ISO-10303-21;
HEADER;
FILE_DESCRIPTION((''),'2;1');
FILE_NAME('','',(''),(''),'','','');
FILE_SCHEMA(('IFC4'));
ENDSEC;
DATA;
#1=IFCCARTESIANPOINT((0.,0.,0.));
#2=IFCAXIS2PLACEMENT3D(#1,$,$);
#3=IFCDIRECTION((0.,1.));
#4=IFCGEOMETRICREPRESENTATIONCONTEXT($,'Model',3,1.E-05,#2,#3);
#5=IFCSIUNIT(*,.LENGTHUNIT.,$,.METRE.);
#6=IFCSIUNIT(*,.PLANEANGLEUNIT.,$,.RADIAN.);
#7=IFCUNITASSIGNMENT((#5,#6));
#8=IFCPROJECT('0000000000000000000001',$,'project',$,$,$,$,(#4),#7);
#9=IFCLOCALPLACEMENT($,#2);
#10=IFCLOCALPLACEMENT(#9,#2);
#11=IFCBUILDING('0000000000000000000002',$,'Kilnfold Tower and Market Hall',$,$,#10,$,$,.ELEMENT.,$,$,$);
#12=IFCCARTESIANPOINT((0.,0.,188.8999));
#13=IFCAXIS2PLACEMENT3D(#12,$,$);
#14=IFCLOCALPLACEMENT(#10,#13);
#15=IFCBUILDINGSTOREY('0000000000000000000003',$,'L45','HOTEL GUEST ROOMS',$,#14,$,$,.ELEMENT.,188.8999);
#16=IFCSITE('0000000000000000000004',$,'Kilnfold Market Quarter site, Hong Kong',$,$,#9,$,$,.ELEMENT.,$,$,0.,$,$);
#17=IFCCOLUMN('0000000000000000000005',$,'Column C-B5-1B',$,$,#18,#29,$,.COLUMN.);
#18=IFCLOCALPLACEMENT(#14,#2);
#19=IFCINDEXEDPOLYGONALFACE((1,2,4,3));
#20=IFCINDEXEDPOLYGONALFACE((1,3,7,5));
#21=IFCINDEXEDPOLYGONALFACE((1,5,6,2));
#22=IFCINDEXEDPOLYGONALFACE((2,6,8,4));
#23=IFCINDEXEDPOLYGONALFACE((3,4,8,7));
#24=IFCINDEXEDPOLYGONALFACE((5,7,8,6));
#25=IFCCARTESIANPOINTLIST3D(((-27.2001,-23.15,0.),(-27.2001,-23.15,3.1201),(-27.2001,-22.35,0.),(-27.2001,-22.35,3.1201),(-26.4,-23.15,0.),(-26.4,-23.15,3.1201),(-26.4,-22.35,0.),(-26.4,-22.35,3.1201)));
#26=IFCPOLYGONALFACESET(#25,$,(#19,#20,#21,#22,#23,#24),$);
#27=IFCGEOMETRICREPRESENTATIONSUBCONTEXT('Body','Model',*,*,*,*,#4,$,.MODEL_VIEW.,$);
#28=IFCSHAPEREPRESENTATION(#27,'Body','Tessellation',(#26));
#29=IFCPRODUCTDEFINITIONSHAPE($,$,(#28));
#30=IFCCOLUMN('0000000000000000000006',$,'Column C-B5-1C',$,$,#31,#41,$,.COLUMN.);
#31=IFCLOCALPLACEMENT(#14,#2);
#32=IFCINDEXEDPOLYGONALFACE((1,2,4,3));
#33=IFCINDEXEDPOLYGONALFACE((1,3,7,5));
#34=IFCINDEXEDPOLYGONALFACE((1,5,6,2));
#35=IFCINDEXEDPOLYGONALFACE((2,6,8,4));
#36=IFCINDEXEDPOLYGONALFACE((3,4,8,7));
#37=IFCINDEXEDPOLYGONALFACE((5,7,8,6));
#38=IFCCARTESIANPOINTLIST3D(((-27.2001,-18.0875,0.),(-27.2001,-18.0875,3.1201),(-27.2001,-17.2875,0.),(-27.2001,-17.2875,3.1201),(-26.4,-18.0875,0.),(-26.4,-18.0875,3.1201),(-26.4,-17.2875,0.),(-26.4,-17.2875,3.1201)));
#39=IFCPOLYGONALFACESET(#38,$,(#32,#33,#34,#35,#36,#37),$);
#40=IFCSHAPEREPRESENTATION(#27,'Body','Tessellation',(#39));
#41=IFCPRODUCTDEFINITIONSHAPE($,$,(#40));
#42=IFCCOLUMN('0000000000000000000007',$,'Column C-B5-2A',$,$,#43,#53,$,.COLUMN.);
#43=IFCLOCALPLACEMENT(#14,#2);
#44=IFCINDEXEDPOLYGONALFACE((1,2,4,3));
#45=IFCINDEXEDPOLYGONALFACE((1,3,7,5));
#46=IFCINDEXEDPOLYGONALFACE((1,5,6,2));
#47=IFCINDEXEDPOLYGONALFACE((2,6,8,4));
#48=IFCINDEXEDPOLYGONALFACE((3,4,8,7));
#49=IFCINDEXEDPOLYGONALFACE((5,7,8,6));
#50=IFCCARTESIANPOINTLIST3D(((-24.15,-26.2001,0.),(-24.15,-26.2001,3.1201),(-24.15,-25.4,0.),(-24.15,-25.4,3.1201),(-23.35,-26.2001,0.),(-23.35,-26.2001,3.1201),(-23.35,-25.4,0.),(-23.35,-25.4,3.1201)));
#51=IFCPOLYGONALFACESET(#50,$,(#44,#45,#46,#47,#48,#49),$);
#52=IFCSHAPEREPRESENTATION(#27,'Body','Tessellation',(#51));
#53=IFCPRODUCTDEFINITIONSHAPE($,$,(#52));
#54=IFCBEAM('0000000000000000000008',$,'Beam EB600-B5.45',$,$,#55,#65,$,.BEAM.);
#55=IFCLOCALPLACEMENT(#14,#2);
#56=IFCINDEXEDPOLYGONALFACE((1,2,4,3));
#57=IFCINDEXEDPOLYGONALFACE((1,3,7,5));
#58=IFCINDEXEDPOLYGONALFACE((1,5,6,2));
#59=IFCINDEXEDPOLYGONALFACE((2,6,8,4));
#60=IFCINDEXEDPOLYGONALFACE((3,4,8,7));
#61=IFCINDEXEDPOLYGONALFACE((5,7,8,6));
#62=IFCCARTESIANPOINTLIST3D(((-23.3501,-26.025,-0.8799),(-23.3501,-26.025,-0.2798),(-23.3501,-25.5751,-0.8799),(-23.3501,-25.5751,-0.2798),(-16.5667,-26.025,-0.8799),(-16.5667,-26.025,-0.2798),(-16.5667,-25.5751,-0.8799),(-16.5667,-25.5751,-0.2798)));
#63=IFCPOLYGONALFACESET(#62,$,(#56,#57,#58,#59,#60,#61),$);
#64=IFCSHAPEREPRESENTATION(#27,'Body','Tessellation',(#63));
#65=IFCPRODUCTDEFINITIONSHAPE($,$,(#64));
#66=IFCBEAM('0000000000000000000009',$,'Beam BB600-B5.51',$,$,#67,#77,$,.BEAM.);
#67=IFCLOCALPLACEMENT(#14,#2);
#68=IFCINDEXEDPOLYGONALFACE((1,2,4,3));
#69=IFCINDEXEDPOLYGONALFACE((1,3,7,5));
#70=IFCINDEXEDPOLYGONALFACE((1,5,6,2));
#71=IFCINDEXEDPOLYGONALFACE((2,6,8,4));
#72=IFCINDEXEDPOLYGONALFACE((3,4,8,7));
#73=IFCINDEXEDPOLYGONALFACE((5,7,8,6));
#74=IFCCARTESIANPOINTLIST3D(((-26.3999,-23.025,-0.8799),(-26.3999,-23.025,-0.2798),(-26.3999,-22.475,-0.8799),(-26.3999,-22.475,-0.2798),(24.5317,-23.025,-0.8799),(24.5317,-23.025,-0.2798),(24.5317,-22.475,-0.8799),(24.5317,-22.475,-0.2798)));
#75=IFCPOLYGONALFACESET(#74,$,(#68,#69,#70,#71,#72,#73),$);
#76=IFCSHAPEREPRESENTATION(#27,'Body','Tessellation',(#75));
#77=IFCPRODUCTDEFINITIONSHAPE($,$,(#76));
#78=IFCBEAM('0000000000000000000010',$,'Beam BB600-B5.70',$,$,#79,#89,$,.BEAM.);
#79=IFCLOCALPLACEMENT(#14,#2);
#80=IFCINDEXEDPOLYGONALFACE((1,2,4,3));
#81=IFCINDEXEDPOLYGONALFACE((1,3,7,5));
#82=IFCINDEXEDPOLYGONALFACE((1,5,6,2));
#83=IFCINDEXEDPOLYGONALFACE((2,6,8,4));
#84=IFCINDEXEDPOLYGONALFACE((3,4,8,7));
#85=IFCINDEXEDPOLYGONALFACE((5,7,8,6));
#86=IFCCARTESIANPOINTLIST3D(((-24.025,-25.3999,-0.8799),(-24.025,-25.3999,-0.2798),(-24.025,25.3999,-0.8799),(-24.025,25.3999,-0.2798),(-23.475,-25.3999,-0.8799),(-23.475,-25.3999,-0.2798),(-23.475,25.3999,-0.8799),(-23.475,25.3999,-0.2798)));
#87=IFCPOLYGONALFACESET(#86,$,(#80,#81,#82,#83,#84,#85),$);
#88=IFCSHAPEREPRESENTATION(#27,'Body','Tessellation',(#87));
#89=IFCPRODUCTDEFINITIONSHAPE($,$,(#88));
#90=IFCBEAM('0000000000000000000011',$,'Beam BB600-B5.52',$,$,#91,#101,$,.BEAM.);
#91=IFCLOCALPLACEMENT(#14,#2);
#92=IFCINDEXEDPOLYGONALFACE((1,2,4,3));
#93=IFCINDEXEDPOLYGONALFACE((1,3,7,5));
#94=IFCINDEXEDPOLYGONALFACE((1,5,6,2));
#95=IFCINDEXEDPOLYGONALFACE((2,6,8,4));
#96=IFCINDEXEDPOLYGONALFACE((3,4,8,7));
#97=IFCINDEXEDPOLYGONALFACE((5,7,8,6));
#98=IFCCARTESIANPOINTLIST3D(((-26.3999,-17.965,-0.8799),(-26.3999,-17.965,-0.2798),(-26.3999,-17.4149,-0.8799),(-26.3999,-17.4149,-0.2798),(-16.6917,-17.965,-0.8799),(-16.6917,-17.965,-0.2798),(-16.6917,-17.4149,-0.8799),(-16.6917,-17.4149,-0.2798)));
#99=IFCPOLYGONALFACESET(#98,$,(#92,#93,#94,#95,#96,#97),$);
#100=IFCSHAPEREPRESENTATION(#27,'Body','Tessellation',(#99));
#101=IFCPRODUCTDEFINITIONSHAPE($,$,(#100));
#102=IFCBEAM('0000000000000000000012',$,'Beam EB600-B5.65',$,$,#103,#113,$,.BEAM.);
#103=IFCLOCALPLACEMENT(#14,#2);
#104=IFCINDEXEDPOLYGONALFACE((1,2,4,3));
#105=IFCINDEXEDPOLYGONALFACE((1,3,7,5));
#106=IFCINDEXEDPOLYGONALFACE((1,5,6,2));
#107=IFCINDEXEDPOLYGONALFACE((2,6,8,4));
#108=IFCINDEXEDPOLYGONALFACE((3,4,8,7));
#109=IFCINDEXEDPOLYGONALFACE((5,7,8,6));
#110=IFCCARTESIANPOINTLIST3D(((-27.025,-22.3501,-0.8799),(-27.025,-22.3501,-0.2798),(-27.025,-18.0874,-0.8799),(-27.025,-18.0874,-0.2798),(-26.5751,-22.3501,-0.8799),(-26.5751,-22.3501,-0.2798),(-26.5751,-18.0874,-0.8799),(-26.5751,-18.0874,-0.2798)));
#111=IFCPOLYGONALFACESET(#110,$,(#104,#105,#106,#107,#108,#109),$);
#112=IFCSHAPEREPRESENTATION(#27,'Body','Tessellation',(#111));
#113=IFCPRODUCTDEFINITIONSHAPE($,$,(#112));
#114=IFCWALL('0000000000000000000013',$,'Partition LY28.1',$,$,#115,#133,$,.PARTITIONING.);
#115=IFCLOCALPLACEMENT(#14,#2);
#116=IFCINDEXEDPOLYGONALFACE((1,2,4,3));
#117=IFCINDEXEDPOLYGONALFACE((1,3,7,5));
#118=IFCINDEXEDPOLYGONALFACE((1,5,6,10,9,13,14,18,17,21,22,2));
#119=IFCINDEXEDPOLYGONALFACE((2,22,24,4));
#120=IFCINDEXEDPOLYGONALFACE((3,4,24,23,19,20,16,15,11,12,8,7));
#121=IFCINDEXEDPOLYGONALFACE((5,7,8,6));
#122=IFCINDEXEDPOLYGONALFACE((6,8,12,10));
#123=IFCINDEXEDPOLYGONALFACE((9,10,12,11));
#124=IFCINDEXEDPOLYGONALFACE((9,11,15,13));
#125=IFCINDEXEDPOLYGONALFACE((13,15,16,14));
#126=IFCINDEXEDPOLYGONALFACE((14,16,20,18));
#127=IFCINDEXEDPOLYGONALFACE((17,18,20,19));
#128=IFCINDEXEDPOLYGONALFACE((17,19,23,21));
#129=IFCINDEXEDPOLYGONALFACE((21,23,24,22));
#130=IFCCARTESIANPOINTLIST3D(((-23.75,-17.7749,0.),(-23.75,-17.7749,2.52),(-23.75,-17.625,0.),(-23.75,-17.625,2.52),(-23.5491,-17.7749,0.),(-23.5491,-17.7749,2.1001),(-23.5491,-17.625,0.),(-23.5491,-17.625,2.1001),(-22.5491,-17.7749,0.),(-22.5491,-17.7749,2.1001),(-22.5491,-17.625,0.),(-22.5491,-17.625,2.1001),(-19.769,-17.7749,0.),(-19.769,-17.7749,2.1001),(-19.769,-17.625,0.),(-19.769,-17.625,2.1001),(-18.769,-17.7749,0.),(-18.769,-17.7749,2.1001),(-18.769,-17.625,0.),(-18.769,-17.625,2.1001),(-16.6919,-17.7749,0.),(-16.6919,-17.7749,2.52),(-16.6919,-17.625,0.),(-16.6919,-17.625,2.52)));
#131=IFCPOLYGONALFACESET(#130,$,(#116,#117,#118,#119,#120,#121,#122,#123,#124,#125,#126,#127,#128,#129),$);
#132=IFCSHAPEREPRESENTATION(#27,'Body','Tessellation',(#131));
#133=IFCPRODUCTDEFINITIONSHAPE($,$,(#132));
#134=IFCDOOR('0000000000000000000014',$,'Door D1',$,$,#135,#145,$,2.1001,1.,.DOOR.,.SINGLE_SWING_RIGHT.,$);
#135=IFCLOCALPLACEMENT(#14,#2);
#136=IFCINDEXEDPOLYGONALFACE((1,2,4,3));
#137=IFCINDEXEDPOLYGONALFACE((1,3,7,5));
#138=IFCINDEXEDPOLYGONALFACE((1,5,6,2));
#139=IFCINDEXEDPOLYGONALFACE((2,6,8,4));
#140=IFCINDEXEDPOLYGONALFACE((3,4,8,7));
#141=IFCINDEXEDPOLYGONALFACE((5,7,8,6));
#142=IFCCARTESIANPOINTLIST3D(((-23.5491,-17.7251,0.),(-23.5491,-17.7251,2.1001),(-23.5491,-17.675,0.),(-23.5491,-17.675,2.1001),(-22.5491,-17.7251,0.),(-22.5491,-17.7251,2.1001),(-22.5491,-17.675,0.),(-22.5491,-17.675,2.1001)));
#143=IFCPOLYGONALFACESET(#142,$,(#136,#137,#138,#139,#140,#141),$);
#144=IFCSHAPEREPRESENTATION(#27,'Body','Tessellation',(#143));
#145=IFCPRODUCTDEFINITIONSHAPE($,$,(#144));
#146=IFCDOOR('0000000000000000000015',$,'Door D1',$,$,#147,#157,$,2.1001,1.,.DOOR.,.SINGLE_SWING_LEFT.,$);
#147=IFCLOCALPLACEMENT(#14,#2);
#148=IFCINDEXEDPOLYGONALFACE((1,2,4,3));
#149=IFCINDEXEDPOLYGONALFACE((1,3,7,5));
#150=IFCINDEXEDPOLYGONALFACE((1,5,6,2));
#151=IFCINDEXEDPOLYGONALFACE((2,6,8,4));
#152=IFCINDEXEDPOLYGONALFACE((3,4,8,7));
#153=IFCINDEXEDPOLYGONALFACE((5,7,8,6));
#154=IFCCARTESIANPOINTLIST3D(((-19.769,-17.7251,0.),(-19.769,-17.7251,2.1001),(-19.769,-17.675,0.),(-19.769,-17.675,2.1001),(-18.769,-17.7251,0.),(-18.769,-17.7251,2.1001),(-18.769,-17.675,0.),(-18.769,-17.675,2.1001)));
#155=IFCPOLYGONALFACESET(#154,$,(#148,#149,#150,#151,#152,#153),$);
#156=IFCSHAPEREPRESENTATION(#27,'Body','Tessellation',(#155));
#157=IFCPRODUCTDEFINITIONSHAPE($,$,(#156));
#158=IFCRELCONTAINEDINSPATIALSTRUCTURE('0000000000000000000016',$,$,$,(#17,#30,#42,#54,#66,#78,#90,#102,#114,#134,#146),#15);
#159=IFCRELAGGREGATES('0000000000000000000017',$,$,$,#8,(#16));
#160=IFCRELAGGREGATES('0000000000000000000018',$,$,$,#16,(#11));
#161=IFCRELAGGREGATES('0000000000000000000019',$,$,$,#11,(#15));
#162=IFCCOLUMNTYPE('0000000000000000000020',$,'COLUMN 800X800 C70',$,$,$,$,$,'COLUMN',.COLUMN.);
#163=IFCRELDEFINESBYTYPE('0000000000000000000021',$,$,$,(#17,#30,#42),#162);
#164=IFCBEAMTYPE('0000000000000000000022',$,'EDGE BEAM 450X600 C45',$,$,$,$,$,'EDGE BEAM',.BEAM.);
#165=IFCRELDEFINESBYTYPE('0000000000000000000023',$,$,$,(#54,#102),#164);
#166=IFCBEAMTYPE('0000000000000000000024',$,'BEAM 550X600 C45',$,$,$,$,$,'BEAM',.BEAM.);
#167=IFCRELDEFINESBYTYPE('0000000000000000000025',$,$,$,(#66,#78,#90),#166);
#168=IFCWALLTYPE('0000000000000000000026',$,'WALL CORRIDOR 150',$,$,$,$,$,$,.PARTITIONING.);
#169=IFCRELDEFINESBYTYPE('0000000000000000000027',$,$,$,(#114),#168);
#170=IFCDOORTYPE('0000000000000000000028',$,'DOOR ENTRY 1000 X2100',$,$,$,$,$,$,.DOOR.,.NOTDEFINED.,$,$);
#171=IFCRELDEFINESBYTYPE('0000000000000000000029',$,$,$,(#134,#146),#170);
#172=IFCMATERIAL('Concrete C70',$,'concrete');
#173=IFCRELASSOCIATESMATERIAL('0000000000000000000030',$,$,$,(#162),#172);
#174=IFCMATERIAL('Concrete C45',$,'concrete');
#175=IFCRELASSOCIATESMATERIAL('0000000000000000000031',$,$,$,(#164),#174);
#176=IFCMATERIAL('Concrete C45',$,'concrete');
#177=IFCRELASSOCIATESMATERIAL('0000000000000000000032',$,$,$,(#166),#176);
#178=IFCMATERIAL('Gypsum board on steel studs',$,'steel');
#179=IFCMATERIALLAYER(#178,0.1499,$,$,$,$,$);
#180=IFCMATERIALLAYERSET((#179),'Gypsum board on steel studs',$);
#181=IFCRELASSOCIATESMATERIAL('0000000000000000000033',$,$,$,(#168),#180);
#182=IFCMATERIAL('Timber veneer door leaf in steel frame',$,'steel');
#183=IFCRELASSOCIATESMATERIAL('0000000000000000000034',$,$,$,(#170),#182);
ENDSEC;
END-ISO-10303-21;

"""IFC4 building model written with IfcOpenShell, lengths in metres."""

from ifc_helpers import new_model, si_unit, direction, frame, frame_2d, origin, origin_2d, place, context, subcontext, project, spatial, rectangle, extrude, source, transform, mapped, material, layer, layer_set, material_profile, profile_set, type_object, element, fill, save


model = new_model("IFC4")

# Units and contexts
model_context = context("Model", 3, precision=1e-05, world=origin(), true_north=direction((0.0, 1.0)))
body_context = subcontext(model_context, "Body", "Model", "MODEL_VIEW")
ifc_project = project(units=[si_unit("LENGTHUNIT", "METRE"), si_unit("PLANEANGLEUNIT", "RADIAN")], contexts=[model_context])

# Site, building, storey
site_placement = place(None, origin())
site = spatial("IfcSite", under=ifc_project, at=site_placement, Name="Kilnfold Market Quarter site, Hong Kong", CompositionType="ELEMENT", RefElevation=0.0)
building_placement = place(site_placement, origin())
building = spatial("IfcBuilding", under=site, at=building_placement, Name="Kilnfold Tower and Market Hall", CompositionType="ELEMENT")
storey_placement = place(building_placement, frame((0.0, 0.0, 188.8999)))
storey = spatial("IfcBuildingStorey", under=building, at=storey_placement, Name="L45", Description="HOTEL GUEST ROOMS", CompositionType="ELEMENT", Elevation=188.8999)

# Columns
ifc_material_1 = material(Name="Concrete C70", Category="concrete")
ifc_material_profile_1 = material_profile(ifc_material_1, rectangle(XDim=0.8, YDim=0.8, at=origin_2d()), Name="RC 800x800")
ifc_profile_set_1 = profile_set([ifc_material_profile_1], Name="Concrete C70")
column_type = type_object("IfcColumnType", Name="COLUMN 800X800 C70", ElementType="COLUMN", PredefinedType="COLUMN", material=ifc_profile_set_1)
shared_shape_1 = source(origin(), body_context, "Body", "SweptSolid", [
    extrude(rectangle(XDim=0.8, YDim=0.8, at=origin_2d()), origin(), (0.0, 0.0, 1.0), 3.1201),
])
for number, where, z_axis, x_axis, name in (
    (1, (-26.8, -22.75, 0.0), (0.0, 0.0, 1.0), (1.0, 0.0, 0.0), "Column C-B5-1B"),
    (2, (-26.8, -17.6875, 0.0), (0.0, 0.0, 1.0), (1.0, 0.0, 0.0), "Column C-B5-1C"),
    (3, (-23.75, -25.8, 0.0), (0.0, 0.0, 1.0), (1.0, 0.0, 0.0), "Column C-B5-2A"),
):
    element("IfcColumn", number, at=place(storey_placement, frame(where, z_axis=z_axis, x_axis=x_axis)), inside=storey, type_object=column_type, Name=name, PredefinedType="COLUMN", context=body_context, shape_type="MappedRepresentation", body=[
        mapped(shared_shape_1, transform((0.0, 0.0, 0.0))),
    ])

# Beams
ifc_material_2 = material(Name="Concrete C45", Category="concrete")
ifc_material_profile_2 = material_profile(ifc_material_2, rectangle(XDim=0.45, YDim=0.6001, at=origin_2d()), Name="RC 450x600")
ifc_profile_set_2 = profile_set([ifc_material_profile_2], Name="Concrete C45")
beam_type_1 = type_object("IfcBeamType", Name="EDGE BEAM 450X600 C45", ElementType="EDGE BEAM", PredefinedType="BEAM", material=ifc_profile_set_2)
shared_shape_2 = source(origin(), body_context, "Body", "SweptSolid", [
    extrude(rectangle(XDim=0.45, YDim=0.6001, at=origin_2d()), origin(), (0.0, 0.0, 1.0), 6.7834),
])
beam_1_placement = place(storey_placement, frame((-23.3501, -25.8, -0.5798), z_axis=(1.0, 0.0, 0.0), x_axis=(0.0, 1.0, 0.0)))
element("IfcBeam", 4, at=beam_1_placement, inside=storey, type_object=beam_type_1, Name="Beam EB600-B5.45", PredefinedType="BEAM", context=body_context, shape_type="MappedRepresentation", body=[
    mapped(shared_shape_2, transform((0.0, 0.0, 0.0))),
])
ifc_material_3 = material(Name="Concrete C45", Category="concrete")
ifc_material_profile_3 = material_profile(ifc_material_3, rectangle(XDim=0.55, YDim=0.6001, at=origin_2d()), Name="RC 550x600")
ifc_profile_set_3 = profile_set([ifc_material_profile_3], Name="Concrete C45")
beam_type_2 = type_object("IfcBeamType", Name="BEAM 550X600 C45", ElementType="BEAM", PredefinedType="BEAM", material=ifc_profile_set_3)
shared_shape_3 = source(origin(), body_context, "Body", "SweptSolid", [
    extrude(rectangle(XDim=0.55, YDim=0.6001, at=origin_2d()), origin(), (0.0, 0.0, 1.0), 50.9316),
])
beam_2_placement = place(storey_placement, frame((-26.3999, -22.75, -0.5798), z_axis=(1.0, 0.0, 0.0), x_axis=(0.0, 1.0, 0.0)))
element("IfcBeam", 5, at=beam_2_placement, inside=storey, type_object=beam_type_2, Name="Beam BB600-B5.51", PredefinedType="BEAM", context=body_context, shape_type="MappedRepresentation", body=[
    mapped(shared_shape_3, transform((0.0, 0.0, 0.0))),
])
shared_shape_4 = source(origin(), body_context, "Body", "SweptSolid", [
    extrude(rectangle(XDim=0.55, YDim=0.6001, at=origin_2d()), origin(), (0.0, 0.0, 1.0), 50.7998),
])
beam_3_placement = place(storey_placement, frame((-23.75, -25.3999, -0.5798), z_axis=(0.0, 1.0, 0.0), x_axis=(-1.0, 0.0, 0.0)))
element("IfcBeam", 6, at=beam_3_placement, inside=storey, type_object=beam_type_2, Name="Beam BB600-B5.70", PredefinedType="BEAM", context=body_context, shape_type="MappedRepresentation", body=[
    mapped(shared_shape_4, transform((0.0, 0.0, 0.0))),
])
shared_shape_5 = source(origin(), body_context, "Body", "SweptSolid", [
    extrude(rectangle(XDim=0.55, YDim=0.6001, at=origin_2d()), origin(), (0.0, 0.0, 1.0), 9.7083),
])
beam_4_placement = place(storey_placement, frame((-26.3999, -17.6899, -0.5798), z_axis=(1.0, 0.0, 0.0), x_axis=(0.0, 1.0, 0.0)))
element("IfcBeam", 7, at=beam_4_placement, inside=storey, type_object=beam_type_2, Name="Beam BB600-B5.52", PredefinedType="BEAM", context=body_context, shape_type="MappedRepresentation", body=[
    mapped(shared_shape_5, transform((0.0, 0.0, 0.0))),
])
shared_shape_6 = source(origin(), body_context, "Body", "SweptSolid", [
    extrude(rectangle(XDim=0.45, YDim=0.6001, at=origin_2d()), origin(), (0.0, 0.0, 1.0), 4.2627),
])
beam_5_placement = place(storey_placement, frame((-26.8, -22.3501, -0.5798), z_axis=(0.0, 1.0, 0.0), x_axis=(-1.0, 0.0, 0.0)))
element("IfcBeam", 8, at=beam_5_placement, inside=storey, type_object=beam_type_1, Name="Beam EB600-B5.65", PredefinedType="BEAM", context=body_context, shape_type="MappedRepresentation", body=[
    mapped(shared_shape_6, transform((0.0, 0.0, 0.0))),
])

# Wall, openings, doors
ifc_material_4 = material(Name="Gypsum board on steel studs", Category="steel")
ifc_layer_1 = layer(ifc_material_4, 0.1499)
ifc_layer_set_1 = layer_set([ifc_layer_1], Name="Gypsum board on steel studs")
wall_type_1 = type_object("IfcWallType", Name="WALL CORRIDOR 150", PredefinedType="PARTITIONING", material=ifc_layer_set_1)
wall_1_placement = place(storey_placement, frame((-23.75, -17.7, 0.0), z_axis=(0.0, 0.0, 1.0), x_axis=(1.0, 0.0, 0.0)))
wall_1 = element("IfcWall", 9, at=wall_1_placement, inside=storey, type_object=wall_type_1, Name="Partition LY28.1", PredefinedType="PARTITIONING", context=body_context, shape_type="SweptSolid", body=[
    extrude(rectangle(XDim=7.0581, YDim=0.1499, at=frame_2d((3.5291, 0.0))), origin(), (0.0, 0.0, 1.0), 2.52),
])
opening_1_placement = place(wall_1_placement, frame((0.2009, 0.0, 0.0)))
opening_1 = element("IfcOpeningElement", 10, at=opening_1_placement, cuts=wall_1, PredefinedType="OPENING", context=body_context, shape_type="SweptSolid", body=[
    extrude(rectangle(XDim=1.0, YDim=2.1001, at=frame_2d((0.5, 1.05))), frame((0.0, 0.085, 0.0), z_axis=(0.0, -1.0, 0.0), x_axis=(1.0, 0.0, 0.0)), (0.0, 0.0, 1.0), 0.1699),
])
opening_2_placement = place(wall_1_placement, frame((3.981, 0.0, 0.0)))
opening_2 = element("IfcOpeningElement", 11, at=opening_2_placement, cuts=wall_1, PredefinedType="OPENING", context=body_context, shape_type="SweptSolid", body=[
    extrude(rectangle(XDim=1.0, YDim=2.1001, at=frame_2d((0.5, 1.05))), frame((0.0, 0.085, 0.0), z_axis=(0.0, -1.0, 0.0), x_axis=(1.0, 0.0, 0.0)), (0.0, 0.0, 1.0), 0.1699),
])
ifc_material_5 = material(Name="Timber veneer door leaf in steel frame", Category="steel")
door_type_1 = type_object("IfcDoorType", Name="DOOR ENTRY 1000 X2100", OperationType="NOTDEFINED", PredefinedType="DOOR", material=ifc_material_5)
door_1_placement = place(opening_1_placement, origin())
door_1 = element("IfcDoor", 12, at=door_1_placement, inside=storey, type_object=door_type_1, Name="Door D1", OperationType="SINGLE_SWING_RIGHT", OverallHeight=2.1001, OverallWidth=1.0, PredefinedType="DOOR", context=body_context, shape_type="SweptSolid", body=[
    extrude(rectangle(XDim=1.0, YDim=2.1001, at=frame_2d((0.5, 1.05))), frame((0.0, 0.0249, 0.0), z_axis=(0.0, -1.0, 0.0), x_axis=(1.0, 0.0, 0.0)), (0.0, 0.0, 1.0), 0.05),
])
fill(opening_1, door_1)
door_2_placement = place(opening_2_placement, origin())
door_2 = element("IfcDoor", 13, at=door_2_placement, inside=storey, type_object=door_type_1, Name="Door D1", OperationType="SINGLE_SWING_LEFT", OverallHeight=2.1001, OverallWidth=1.0, PredefinedType="DOOR", context=body_context, shape_type="SweptSolid", body=[
    extrude(rectangle(XDim=1.0, YDim=2.1001, at=frame_2d((0.5, 1.05))), frame((0.0, 0.0249, 0.0), z_axis=(0.0, -1.0, 0.0), x_axis=(1.0, 0.0, 0.0)), (0.0, 0.0, 1.0), 0.05),
])
fill(opening_2, door_2)

save(model, "model.ifc")
